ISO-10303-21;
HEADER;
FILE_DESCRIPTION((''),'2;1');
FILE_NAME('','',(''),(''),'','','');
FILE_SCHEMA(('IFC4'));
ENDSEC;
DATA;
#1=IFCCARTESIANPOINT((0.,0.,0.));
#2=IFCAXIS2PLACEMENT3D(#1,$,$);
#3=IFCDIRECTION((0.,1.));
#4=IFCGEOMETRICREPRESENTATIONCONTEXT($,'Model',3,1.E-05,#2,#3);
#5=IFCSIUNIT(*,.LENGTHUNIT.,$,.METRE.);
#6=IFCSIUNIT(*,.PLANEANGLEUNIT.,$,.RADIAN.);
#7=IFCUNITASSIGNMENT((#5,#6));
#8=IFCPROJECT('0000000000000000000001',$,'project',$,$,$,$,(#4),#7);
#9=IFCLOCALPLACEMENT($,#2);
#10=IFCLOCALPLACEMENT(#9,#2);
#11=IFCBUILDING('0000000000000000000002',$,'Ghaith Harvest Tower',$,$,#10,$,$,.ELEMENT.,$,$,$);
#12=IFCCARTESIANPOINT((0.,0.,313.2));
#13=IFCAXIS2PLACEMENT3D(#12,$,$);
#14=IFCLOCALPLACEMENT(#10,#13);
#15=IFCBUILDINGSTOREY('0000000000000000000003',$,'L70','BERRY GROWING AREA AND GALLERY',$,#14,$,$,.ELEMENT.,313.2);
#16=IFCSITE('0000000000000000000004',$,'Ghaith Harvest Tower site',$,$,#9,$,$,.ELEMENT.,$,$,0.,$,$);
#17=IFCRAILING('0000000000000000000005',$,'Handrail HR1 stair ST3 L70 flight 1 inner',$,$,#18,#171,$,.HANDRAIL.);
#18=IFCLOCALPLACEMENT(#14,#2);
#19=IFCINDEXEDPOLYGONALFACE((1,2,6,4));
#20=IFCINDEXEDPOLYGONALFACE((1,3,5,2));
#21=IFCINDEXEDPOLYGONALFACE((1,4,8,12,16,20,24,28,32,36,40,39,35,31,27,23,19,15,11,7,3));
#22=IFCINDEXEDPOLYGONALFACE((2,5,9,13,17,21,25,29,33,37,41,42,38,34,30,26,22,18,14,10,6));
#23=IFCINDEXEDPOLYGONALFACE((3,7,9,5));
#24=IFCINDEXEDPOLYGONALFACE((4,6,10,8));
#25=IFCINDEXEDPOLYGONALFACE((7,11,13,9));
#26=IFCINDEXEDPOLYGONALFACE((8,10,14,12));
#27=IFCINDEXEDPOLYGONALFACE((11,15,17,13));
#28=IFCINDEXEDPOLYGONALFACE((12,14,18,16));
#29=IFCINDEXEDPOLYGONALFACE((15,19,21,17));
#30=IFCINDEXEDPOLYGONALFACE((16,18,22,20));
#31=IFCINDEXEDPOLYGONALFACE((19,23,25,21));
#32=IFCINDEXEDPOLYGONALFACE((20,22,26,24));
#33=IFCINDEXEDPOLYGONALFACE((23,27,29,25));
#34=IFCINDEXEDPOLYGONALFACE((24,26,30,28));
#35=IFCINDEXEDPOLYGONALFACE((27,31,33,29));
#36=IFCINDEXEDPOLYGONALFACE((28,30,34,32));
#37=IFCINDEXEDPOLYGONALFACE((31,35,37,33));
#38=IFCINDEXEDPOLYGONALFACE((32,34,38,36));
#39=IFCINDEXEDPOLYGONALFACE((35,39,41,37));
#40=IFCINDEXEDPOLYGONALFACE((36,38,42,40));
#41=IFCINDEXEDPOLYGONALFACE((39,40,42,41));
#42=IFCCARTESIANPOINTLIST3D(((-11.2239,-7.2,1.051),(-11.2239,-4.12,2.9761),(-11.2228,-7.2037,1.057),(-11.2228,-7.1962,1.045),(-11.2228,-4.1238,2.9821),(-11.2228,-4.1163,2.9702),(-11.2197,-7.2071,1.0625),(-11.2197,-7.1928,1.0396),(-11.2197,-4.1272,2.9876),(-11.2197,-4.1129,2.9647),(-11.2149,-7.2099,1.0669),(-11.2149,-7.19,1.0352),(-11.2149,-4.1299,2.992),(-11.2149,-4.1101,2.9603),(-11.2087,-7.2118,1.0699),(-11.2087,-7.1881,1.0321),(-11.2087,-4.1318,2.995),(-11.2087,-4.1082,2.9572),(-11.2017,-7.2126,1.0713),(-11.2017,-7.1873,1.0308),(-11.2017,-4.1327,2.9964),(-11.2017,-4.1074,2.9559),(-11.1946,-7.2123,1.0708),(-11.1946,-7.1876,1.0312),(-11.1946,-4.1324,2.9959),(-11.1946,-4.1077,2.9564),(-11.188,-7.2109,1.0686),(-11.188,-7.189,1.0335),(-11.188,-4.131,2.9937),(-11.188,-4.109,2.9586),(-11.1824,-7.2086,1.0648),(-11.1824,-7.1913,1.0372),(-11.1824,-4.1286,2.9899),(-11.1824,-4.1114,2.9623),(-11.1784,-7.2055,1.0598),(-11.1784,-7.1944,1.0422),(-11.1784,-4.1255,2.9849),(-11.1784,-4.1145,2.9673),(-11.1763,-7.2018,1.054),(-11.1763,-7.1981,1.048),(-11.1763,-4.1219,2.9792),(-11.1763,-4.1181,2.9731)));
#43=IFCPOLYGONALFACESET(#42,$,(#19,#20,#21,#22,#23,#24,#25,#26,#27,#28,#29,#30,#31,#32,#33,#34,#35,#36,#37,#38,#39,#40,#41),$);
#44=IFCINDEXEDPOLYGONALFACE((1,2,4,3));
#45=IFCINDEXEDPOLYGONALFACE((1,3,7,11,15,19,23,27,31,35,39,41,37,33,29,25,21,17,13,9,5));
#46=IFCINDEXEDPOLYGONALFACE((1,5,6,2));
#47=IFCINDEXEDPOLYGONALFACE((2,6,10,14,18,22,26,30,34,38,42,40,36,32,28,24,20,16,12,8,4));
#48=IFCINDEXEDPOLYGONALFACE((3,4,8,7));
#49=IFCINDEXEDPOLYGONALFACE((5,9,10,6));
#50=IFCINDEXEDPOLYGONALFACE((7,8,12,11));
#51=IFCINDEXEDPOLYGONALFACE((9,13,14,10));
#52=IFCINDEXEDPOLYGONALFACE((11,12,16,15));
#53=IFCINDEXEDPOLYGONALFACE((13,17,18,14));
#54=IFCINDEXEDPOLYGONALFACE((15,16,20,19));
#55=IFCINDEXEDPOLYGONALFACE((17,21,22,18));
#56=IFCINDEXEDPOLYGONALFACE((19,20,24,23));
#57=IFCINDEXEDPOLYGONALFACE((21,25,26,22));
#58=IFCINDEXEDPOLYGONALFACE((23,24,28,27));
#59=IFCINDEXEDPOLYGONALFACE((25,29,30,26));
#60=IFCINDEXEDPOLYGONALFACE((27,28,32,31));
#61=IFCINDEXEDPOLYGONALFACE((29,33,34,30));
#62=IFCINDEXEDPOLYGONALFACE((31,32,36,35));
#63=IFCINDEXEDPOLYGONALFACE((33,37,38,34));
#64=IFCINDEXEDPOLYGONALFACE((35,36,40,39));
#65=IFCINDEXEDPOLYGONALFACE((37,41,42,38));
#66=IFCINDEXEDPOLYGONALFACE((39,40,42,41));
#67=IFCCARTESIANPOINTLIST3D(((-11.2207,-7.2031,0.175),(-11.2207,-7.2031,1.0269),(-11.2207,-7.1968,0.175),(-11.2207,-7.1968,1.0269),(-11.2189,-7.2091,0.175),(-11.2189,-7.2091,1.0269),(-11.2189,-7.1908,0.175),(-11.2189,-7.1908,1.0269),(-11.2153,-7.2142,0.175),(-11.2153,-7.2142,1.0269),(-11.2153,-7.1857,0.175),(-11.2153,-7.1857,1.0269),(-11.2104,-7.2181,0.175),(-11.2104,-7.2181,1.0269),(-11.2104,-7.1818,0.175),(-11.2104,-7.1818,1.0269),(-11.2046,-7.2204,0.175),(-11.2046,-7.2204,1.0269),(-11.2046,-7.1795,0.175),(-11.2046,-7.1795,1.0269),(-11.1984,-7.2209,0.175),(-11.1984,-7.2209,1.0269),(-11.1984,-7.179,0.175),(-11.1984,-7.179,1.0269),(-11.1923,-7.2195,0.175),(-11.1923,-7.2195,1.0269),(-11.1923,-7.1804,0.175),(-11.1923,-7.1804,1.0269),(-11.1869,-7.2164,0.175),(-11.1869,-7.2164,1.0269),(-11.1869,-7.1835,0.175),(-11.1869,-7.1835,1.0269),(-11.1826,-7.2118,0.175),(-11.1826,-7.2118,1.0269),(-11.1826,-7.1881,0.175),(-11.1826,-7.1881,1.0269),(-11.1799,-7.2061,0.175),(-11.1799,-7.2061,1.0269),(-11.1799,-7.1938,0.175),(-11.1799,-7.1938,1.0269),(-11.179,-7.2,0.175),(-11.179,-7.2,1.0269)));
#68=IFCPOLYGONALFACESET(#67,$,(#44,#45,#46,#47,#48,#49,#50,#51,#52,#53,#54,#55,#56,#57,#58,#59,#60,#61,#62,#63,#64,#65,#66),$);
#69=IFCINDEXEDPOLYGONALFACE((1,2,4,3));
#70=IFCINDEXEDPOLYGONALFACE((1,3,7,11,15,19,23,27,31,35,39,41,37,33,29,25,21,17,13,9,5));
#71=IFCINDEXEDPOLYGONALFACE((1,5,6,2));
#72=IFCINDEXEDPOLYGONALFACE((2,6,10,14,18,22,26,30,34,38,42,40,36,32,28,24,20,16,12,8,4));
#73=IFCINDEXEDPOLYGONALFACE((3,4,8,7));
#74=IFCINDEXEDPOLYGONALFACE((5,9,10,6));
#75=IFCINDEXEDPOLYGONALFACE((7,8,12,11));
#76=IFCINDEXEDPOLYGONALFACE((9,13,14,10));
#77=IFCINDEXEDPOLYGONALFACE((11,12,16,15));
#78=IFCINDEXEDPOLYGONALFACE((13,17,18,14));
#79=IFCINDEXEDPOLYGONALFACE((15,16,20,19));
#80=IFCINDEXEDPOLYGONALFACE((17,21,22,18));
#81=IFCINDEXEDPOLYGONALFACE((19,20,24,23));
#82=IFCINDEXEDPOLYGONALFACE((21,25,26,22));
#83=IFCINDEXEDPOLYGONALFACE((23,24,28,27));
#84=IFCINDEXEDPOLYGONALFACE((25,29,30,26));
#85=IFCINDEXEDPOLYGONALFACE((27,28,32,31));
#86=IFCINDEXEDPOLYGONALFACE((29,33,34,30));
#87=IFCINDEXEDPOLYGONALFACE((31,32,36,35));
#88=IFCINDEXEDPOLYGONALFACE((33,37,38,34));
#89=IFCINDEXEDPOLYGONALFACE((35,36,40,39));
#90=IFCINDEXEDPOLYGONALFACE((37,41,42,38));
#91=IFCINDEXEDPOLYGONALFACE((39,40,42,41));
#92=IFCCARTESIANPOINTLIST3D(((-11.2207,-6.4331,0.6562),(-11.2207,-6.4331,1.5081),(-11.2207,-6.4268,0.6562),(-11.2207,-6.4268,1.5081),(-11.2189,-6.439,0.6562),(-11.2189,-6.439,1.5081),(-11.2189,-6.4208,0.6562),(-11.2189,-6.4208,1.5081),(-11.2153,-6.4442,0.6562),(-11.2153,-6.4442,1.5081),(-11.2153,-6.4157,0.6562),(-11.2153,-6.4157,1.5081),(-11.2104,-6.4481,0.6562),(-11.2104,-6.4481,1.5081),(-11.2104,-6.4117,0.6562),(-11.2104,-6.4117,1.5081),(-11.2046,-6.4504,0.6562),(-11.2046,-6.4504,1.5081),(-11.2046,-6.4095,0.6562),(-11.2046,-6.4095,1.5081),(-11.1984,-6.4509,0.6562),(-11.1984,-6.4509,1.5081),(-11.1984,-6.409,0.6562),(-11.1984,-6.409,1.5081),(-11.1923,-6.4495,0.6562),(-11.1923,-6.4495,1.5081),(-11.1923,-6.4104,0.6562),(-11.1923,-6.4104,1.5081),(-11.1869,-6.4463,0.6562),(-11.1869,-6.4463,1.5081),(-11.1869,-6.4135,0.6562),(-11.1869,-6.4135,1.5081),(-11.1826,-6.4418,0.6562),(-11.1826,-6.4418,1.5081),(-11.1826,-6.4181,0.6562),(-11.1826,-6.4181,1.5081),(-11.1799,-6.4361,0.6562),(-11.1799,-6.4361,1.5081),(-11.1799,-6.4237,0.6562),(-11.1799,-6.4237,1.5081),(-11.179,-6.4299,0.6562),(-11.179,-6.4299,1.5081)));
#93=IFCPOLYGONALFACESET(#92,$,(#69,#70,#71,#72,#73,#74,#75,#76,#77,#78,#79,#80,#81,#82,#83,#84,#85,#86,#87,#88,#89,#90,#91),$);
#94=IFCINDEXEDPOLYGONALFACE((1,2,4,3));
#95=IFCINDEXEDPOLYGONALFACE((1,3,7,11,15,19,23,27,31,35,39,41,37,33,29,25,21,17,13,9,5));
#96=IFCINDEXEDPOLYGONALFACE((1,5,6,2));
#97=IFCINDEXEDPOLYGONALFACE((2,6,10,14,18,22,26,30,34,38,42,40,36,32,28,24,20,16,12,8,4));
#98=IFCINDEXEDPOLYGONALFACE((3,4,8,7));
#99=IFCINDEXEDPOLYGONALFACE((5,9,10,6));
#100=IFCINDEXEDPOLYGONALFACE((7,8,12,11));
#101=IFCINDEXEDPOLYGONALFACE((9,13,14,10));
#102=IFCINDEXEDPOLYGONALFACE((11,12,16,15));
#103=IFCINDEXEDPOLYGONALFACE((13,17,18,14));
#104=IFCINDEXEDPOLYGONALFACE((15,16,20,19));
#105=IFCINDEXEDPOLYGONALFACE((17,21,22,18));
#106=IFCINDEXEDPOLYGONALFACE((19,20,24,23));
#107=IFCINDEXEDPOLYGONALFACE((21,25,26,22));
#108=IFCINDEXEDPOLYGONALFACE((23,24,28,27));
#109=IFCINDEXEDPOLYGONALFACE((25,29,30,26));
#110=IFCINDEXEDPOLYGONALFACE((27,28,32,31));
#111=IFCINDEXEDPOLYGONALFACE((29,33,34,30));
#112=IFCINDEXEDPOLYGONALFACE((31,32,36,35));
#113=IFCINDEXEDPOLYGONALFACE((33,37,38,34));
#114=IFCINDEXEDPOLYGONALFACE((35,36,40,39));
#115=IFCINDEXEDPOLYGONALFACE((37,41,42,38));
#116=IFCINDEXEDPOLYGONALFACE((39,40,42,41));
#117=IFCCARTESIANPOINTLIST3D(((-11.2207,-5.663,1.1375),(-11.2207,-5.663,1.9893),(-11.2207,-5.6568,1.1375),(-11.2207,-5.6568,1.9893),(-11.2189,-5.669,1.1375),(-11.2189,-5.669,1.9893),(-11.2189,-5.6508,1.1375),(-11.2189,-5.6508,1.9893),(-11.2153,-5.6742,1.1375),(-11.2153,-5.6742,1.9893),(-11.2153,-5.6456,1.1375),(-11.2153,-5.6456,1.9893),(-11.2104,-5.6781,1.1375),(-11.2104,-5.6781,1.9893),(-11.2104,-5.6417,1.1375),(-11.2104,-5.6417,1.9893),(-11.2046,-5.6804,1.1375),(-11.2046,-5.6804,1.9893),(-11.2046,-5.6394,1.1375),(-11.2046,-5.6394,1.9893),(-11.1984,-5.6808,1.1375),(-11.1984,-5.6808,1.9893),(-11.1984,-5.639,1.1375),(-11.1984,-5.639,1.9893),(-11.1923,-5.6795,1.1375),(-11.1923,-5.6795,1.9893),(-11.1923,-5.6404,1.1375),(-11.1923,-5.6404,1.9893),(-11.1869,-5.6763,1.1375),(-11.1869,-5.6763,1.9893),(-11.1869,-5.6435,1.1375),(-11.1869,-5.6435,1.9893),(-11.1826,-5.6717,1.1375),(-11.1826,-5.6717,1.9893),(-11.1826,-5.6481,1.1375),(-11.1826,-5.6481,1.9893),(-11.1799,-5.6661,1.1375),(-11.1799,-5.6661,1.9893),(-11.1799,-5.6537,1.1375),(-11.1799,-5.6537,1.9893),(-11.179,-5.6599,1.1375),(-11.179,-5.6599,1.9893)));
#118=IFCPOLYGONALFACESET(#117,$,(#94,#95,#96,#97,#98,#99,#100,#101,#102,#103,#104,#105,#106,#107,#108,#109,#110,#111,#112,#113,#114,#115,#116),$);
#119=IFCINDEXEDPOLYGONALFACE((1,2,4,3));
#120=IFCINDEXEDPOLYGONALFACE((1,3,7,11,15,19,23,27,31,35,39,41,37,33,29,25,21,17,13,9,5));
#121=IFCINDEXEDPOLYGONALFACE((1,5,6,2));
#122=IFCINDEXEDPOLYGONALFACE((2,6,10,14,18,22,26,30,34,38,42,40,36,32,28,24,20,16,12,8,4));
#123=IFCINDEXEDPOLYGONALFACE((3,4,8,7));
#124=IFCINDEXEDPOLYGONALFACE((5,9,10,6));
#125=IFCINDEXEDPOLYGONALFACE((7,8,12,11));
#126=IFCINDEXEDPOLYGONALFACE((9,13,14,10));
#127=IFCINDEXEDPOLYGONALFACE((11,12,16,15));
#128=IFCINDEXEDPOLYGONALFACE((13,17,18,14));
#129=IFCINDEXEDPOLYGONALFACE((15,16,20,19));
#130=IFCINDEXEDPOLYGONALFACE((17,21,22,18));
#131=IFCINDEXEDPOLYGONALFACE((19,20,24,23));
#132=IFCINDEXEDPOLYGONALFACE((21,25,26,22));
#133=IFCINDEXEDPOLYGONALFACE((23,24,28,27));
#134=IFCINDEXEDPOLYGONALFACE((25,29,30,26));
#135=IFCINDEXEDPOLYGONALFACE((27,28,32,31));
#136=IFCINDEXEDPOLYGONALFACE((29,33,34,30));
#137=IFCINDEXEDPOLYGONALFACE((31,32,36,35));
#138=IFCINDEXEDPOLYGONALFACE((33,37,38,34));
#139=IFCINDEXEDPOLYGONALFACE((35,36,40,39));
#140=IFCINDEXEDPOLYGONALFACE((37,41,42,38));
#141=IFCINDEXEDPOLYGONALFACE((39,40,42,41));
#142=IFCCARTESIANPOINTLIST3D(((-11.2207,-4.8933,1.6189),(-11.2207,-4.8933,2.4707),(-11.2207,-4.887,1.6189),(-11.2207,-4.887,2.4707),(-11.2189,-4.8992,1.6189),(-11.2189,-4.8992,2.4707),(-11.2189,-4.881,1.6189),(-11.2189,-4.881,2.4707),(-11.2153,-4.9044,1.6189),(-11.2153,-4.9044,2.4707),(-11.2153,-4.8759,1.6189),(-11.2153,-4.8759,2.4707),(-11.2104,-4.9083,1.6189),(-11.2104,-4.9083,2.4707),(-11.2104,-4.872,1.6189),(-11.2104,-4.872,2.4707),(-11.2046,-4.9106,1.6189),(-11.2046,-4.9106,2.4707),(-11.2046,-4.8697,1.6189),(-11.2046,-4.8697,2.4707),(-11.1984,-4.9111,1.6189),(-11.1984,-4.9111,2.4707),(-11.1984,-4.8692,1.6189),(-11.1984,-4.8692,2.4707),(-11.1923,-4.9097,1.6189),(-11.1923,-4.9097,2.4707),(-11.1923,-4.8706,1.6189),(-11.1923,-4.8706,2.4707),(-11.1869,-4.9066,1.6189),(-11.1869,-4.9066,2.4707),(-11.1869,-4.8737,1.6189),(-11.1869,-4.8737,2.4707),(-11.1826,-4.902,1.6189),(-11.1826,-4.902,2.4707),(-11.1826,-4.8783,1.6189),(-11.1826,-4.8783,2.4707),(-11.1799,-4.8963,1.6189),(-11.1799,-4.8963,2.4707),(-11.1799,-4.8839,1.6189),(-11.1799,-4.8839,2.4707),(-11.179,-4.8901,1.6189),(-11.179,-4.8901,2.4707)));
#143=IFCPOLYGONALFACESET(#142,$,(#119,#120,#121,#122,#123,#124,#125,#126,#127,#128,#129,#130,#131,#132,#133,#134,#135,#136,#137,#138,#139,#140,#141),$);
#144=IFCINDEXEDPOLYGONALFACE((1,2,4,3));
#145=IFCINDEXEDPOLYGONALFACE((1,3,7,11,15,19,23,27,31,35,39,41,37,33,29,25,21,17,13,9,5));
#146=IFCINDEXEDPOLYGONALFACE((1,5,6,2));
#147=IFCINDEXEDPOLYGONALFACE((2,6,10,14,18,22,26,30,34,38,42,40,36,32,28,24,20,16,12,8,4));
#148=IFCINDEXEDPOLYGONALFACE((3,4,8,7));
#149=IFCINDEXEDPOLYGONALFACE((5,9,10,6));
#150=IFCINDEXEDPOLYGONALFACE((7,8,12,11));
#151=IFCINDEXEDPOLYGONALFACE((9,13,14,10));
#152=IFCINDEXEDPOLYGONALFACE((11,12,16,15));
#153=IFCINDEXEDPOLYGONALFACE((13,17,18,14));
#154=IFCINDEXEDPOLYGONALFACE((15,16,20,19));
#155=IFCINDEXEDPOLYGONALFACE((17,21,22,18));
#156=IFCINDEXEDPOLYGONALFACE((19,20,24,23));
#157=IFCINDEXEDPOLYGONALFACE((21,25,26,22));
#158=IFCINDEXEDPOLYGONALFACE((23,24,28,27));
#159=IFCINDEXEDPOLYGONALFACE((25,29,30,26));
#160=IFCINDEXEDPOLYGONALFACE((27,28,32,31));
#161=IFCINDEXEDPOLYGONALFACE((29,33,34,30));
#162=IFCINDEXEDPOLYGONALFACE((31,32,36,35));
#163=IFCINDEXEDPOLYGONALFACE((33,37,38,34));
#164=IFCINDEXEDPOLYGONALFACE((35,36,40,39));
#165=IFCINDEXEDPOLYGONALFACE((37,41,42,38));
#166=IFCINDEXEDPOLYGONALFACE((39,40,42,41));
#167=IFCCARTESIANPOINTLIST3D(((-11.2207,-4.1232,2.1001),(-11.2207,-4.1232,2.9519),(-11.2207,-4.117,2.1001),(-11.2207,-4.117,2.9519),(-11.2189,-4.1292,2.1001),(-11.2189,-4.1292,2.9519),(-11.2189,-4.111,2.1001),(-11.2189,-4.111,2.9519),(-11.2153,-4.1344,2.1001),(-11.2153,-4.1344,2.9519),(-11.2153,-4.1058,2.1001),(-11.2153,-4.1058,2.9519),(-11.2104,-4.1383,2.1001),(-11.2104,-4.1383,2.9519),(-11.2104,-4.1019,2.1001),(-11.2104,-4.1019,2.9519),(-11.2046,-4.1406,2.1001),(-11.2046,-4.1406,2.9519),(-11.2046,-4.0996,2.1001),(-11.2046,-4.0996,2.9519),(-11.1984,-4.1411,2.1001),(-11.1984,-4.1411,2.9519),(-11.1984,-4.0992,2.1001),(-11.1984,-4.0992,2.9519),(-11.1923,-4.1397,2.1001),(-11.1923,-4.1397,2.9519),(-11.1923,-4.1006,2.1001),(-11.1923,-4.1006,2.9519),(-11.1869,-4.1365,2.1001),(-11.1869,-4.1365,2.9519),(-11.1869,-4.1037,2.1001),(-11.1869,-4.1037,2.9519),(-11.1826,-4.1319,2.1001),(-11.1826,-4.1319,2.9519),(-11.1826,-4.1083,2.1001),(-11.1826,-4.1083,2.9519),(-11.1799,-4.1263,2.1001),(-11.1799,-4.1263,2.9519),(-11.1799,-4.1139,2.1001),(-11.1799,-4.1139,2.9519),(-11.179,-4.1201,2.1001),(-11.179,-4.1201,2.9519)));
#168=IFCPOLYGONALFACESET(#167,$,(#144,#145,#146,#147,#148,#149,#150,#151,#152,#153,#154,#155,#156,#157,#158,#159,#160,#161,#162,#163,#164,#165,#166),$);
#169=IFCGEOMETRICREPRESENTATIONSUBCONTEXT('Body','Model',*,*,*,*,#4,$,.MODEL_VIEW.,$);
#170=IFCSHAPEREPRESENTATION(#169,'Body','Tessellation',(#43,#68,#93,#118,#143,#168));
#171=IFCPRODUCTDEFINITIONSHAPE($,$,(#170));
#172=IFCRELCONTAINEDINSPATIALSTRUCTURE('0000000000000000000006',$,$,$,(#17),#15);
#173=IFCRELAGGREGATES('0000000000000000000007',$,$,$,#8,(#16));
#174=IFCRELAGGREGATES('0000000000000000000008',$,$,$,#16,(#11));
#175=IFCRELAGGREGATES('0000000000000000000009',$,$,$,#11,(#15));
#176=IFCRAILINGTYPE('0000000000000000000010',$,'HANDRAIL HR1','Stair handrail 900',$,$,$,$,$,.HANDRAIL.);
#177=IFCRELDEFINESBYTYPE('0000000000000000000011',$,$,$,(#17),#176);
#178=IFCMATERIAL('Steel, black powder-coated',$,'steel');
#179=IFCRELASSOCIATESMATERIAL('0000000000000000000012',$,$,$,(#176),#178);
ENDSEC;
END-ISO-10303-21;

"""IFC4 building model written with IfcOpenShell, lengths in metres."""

from ifc_helpers import new_model, si_unit, direction, frame, origin, origin_2d, place, context, subcontext, project, spatial, circle, extrude, material, type_object, element, save


model = new_model("IFC4")

# Units and contexts
model_context = context("Model", 3, precision=1e-05, world=origin(), true_north=direction((0.0, 1.0)))
body_context = subcontext(model_context, "Body", "Model", "MODEL_VIEW")
ifc_project = project(units=[si_unit("LENGTHUNIT", "METRE"), si_unit("PLANEANGLEUNIT", "RADIAN")], contexts=[model_context])

# Site, building, storey
site_placement = place(None, origin())
site = spatial("IfcSite", under=ifc_project, at=site_placement, Name="Ghaith Harvest Tower site", CompositionType="ELEMENT", RefElevation=0.0)
building_placement = place(site_placement, origin())
building = spatial("IfcBuilding", under=site, at=building_placement, Name="Ghaith Harvest Tower", CompositionType="ELEMENT")
storey_placement = place(building_placement, frame((0.0, 0.0, 313.2)))
storey = spatial("IfcBuildingStorey", under=building, at=storey_placement, Name="L70", Description="BERRY GROWING AREA AND GALLERY", CompositionType="ELEMENT", Elevation=313.2)

# Railing
ifc_material_1 = material(Name="Steel, black powder-coated", Category="steel")
railing_type = type_object("IfcRailingType", Name="HANDRAIL HR1", Description="Stair handrail 900", PredefinedType="HANDRAIL", material=ifc_material_1)
railing_1_placement = place(storey_placement, frame((-11.2, -7.2, 0.175)))
element("IfcRailing", 1, at=railing_1_placement, inside=storey, type_object=railing_type, Name="Handrail HR1 stair ST3 L70 flight 1 inner", PredefinedType="HANDRAIL", context=body_context, shape_type="SweptSolid", body=[
    extrude(circle(Radius=0.0239, at=origin_2d()), frame((0.0, 0.0, 0.876), z_axis=(0.0, 0.847979, 0.530029), x_axis=(-1.0, 0.0, 0.0)), (0.0, 0.0, 1.0), 3.6321),
    extrude(circle(Radius=0.021, at=origin_2d()), origin(), (0.0, 0.0, 1.0), 0.8518),
    extrude(circle(Radius=0.021, at=origin_2d()), frame((0.0, 0.77, 0.4812)), (0.0, 0.0, 1.0), 0.8518),
    extrude(circle(Radius=0.021, at=origin_2d()), frame((0.0, 1.54, 0.9624)), (0.0, 0.0, 1.0), 0.8518),
    extrude(circle(Radius=0.021, at=origin_2d()), frame((0.0, 2.3098, 1.4438)), (0.0, 0.0, 1.0), 0.8518),
    extrude(circle(Radius=0.021, at=origin_2d()), frame((0.0, 3.0798, 1.925)), (0.0, 0.0, 1.0), 0.8518),
])

save(model, "model.ifc")
